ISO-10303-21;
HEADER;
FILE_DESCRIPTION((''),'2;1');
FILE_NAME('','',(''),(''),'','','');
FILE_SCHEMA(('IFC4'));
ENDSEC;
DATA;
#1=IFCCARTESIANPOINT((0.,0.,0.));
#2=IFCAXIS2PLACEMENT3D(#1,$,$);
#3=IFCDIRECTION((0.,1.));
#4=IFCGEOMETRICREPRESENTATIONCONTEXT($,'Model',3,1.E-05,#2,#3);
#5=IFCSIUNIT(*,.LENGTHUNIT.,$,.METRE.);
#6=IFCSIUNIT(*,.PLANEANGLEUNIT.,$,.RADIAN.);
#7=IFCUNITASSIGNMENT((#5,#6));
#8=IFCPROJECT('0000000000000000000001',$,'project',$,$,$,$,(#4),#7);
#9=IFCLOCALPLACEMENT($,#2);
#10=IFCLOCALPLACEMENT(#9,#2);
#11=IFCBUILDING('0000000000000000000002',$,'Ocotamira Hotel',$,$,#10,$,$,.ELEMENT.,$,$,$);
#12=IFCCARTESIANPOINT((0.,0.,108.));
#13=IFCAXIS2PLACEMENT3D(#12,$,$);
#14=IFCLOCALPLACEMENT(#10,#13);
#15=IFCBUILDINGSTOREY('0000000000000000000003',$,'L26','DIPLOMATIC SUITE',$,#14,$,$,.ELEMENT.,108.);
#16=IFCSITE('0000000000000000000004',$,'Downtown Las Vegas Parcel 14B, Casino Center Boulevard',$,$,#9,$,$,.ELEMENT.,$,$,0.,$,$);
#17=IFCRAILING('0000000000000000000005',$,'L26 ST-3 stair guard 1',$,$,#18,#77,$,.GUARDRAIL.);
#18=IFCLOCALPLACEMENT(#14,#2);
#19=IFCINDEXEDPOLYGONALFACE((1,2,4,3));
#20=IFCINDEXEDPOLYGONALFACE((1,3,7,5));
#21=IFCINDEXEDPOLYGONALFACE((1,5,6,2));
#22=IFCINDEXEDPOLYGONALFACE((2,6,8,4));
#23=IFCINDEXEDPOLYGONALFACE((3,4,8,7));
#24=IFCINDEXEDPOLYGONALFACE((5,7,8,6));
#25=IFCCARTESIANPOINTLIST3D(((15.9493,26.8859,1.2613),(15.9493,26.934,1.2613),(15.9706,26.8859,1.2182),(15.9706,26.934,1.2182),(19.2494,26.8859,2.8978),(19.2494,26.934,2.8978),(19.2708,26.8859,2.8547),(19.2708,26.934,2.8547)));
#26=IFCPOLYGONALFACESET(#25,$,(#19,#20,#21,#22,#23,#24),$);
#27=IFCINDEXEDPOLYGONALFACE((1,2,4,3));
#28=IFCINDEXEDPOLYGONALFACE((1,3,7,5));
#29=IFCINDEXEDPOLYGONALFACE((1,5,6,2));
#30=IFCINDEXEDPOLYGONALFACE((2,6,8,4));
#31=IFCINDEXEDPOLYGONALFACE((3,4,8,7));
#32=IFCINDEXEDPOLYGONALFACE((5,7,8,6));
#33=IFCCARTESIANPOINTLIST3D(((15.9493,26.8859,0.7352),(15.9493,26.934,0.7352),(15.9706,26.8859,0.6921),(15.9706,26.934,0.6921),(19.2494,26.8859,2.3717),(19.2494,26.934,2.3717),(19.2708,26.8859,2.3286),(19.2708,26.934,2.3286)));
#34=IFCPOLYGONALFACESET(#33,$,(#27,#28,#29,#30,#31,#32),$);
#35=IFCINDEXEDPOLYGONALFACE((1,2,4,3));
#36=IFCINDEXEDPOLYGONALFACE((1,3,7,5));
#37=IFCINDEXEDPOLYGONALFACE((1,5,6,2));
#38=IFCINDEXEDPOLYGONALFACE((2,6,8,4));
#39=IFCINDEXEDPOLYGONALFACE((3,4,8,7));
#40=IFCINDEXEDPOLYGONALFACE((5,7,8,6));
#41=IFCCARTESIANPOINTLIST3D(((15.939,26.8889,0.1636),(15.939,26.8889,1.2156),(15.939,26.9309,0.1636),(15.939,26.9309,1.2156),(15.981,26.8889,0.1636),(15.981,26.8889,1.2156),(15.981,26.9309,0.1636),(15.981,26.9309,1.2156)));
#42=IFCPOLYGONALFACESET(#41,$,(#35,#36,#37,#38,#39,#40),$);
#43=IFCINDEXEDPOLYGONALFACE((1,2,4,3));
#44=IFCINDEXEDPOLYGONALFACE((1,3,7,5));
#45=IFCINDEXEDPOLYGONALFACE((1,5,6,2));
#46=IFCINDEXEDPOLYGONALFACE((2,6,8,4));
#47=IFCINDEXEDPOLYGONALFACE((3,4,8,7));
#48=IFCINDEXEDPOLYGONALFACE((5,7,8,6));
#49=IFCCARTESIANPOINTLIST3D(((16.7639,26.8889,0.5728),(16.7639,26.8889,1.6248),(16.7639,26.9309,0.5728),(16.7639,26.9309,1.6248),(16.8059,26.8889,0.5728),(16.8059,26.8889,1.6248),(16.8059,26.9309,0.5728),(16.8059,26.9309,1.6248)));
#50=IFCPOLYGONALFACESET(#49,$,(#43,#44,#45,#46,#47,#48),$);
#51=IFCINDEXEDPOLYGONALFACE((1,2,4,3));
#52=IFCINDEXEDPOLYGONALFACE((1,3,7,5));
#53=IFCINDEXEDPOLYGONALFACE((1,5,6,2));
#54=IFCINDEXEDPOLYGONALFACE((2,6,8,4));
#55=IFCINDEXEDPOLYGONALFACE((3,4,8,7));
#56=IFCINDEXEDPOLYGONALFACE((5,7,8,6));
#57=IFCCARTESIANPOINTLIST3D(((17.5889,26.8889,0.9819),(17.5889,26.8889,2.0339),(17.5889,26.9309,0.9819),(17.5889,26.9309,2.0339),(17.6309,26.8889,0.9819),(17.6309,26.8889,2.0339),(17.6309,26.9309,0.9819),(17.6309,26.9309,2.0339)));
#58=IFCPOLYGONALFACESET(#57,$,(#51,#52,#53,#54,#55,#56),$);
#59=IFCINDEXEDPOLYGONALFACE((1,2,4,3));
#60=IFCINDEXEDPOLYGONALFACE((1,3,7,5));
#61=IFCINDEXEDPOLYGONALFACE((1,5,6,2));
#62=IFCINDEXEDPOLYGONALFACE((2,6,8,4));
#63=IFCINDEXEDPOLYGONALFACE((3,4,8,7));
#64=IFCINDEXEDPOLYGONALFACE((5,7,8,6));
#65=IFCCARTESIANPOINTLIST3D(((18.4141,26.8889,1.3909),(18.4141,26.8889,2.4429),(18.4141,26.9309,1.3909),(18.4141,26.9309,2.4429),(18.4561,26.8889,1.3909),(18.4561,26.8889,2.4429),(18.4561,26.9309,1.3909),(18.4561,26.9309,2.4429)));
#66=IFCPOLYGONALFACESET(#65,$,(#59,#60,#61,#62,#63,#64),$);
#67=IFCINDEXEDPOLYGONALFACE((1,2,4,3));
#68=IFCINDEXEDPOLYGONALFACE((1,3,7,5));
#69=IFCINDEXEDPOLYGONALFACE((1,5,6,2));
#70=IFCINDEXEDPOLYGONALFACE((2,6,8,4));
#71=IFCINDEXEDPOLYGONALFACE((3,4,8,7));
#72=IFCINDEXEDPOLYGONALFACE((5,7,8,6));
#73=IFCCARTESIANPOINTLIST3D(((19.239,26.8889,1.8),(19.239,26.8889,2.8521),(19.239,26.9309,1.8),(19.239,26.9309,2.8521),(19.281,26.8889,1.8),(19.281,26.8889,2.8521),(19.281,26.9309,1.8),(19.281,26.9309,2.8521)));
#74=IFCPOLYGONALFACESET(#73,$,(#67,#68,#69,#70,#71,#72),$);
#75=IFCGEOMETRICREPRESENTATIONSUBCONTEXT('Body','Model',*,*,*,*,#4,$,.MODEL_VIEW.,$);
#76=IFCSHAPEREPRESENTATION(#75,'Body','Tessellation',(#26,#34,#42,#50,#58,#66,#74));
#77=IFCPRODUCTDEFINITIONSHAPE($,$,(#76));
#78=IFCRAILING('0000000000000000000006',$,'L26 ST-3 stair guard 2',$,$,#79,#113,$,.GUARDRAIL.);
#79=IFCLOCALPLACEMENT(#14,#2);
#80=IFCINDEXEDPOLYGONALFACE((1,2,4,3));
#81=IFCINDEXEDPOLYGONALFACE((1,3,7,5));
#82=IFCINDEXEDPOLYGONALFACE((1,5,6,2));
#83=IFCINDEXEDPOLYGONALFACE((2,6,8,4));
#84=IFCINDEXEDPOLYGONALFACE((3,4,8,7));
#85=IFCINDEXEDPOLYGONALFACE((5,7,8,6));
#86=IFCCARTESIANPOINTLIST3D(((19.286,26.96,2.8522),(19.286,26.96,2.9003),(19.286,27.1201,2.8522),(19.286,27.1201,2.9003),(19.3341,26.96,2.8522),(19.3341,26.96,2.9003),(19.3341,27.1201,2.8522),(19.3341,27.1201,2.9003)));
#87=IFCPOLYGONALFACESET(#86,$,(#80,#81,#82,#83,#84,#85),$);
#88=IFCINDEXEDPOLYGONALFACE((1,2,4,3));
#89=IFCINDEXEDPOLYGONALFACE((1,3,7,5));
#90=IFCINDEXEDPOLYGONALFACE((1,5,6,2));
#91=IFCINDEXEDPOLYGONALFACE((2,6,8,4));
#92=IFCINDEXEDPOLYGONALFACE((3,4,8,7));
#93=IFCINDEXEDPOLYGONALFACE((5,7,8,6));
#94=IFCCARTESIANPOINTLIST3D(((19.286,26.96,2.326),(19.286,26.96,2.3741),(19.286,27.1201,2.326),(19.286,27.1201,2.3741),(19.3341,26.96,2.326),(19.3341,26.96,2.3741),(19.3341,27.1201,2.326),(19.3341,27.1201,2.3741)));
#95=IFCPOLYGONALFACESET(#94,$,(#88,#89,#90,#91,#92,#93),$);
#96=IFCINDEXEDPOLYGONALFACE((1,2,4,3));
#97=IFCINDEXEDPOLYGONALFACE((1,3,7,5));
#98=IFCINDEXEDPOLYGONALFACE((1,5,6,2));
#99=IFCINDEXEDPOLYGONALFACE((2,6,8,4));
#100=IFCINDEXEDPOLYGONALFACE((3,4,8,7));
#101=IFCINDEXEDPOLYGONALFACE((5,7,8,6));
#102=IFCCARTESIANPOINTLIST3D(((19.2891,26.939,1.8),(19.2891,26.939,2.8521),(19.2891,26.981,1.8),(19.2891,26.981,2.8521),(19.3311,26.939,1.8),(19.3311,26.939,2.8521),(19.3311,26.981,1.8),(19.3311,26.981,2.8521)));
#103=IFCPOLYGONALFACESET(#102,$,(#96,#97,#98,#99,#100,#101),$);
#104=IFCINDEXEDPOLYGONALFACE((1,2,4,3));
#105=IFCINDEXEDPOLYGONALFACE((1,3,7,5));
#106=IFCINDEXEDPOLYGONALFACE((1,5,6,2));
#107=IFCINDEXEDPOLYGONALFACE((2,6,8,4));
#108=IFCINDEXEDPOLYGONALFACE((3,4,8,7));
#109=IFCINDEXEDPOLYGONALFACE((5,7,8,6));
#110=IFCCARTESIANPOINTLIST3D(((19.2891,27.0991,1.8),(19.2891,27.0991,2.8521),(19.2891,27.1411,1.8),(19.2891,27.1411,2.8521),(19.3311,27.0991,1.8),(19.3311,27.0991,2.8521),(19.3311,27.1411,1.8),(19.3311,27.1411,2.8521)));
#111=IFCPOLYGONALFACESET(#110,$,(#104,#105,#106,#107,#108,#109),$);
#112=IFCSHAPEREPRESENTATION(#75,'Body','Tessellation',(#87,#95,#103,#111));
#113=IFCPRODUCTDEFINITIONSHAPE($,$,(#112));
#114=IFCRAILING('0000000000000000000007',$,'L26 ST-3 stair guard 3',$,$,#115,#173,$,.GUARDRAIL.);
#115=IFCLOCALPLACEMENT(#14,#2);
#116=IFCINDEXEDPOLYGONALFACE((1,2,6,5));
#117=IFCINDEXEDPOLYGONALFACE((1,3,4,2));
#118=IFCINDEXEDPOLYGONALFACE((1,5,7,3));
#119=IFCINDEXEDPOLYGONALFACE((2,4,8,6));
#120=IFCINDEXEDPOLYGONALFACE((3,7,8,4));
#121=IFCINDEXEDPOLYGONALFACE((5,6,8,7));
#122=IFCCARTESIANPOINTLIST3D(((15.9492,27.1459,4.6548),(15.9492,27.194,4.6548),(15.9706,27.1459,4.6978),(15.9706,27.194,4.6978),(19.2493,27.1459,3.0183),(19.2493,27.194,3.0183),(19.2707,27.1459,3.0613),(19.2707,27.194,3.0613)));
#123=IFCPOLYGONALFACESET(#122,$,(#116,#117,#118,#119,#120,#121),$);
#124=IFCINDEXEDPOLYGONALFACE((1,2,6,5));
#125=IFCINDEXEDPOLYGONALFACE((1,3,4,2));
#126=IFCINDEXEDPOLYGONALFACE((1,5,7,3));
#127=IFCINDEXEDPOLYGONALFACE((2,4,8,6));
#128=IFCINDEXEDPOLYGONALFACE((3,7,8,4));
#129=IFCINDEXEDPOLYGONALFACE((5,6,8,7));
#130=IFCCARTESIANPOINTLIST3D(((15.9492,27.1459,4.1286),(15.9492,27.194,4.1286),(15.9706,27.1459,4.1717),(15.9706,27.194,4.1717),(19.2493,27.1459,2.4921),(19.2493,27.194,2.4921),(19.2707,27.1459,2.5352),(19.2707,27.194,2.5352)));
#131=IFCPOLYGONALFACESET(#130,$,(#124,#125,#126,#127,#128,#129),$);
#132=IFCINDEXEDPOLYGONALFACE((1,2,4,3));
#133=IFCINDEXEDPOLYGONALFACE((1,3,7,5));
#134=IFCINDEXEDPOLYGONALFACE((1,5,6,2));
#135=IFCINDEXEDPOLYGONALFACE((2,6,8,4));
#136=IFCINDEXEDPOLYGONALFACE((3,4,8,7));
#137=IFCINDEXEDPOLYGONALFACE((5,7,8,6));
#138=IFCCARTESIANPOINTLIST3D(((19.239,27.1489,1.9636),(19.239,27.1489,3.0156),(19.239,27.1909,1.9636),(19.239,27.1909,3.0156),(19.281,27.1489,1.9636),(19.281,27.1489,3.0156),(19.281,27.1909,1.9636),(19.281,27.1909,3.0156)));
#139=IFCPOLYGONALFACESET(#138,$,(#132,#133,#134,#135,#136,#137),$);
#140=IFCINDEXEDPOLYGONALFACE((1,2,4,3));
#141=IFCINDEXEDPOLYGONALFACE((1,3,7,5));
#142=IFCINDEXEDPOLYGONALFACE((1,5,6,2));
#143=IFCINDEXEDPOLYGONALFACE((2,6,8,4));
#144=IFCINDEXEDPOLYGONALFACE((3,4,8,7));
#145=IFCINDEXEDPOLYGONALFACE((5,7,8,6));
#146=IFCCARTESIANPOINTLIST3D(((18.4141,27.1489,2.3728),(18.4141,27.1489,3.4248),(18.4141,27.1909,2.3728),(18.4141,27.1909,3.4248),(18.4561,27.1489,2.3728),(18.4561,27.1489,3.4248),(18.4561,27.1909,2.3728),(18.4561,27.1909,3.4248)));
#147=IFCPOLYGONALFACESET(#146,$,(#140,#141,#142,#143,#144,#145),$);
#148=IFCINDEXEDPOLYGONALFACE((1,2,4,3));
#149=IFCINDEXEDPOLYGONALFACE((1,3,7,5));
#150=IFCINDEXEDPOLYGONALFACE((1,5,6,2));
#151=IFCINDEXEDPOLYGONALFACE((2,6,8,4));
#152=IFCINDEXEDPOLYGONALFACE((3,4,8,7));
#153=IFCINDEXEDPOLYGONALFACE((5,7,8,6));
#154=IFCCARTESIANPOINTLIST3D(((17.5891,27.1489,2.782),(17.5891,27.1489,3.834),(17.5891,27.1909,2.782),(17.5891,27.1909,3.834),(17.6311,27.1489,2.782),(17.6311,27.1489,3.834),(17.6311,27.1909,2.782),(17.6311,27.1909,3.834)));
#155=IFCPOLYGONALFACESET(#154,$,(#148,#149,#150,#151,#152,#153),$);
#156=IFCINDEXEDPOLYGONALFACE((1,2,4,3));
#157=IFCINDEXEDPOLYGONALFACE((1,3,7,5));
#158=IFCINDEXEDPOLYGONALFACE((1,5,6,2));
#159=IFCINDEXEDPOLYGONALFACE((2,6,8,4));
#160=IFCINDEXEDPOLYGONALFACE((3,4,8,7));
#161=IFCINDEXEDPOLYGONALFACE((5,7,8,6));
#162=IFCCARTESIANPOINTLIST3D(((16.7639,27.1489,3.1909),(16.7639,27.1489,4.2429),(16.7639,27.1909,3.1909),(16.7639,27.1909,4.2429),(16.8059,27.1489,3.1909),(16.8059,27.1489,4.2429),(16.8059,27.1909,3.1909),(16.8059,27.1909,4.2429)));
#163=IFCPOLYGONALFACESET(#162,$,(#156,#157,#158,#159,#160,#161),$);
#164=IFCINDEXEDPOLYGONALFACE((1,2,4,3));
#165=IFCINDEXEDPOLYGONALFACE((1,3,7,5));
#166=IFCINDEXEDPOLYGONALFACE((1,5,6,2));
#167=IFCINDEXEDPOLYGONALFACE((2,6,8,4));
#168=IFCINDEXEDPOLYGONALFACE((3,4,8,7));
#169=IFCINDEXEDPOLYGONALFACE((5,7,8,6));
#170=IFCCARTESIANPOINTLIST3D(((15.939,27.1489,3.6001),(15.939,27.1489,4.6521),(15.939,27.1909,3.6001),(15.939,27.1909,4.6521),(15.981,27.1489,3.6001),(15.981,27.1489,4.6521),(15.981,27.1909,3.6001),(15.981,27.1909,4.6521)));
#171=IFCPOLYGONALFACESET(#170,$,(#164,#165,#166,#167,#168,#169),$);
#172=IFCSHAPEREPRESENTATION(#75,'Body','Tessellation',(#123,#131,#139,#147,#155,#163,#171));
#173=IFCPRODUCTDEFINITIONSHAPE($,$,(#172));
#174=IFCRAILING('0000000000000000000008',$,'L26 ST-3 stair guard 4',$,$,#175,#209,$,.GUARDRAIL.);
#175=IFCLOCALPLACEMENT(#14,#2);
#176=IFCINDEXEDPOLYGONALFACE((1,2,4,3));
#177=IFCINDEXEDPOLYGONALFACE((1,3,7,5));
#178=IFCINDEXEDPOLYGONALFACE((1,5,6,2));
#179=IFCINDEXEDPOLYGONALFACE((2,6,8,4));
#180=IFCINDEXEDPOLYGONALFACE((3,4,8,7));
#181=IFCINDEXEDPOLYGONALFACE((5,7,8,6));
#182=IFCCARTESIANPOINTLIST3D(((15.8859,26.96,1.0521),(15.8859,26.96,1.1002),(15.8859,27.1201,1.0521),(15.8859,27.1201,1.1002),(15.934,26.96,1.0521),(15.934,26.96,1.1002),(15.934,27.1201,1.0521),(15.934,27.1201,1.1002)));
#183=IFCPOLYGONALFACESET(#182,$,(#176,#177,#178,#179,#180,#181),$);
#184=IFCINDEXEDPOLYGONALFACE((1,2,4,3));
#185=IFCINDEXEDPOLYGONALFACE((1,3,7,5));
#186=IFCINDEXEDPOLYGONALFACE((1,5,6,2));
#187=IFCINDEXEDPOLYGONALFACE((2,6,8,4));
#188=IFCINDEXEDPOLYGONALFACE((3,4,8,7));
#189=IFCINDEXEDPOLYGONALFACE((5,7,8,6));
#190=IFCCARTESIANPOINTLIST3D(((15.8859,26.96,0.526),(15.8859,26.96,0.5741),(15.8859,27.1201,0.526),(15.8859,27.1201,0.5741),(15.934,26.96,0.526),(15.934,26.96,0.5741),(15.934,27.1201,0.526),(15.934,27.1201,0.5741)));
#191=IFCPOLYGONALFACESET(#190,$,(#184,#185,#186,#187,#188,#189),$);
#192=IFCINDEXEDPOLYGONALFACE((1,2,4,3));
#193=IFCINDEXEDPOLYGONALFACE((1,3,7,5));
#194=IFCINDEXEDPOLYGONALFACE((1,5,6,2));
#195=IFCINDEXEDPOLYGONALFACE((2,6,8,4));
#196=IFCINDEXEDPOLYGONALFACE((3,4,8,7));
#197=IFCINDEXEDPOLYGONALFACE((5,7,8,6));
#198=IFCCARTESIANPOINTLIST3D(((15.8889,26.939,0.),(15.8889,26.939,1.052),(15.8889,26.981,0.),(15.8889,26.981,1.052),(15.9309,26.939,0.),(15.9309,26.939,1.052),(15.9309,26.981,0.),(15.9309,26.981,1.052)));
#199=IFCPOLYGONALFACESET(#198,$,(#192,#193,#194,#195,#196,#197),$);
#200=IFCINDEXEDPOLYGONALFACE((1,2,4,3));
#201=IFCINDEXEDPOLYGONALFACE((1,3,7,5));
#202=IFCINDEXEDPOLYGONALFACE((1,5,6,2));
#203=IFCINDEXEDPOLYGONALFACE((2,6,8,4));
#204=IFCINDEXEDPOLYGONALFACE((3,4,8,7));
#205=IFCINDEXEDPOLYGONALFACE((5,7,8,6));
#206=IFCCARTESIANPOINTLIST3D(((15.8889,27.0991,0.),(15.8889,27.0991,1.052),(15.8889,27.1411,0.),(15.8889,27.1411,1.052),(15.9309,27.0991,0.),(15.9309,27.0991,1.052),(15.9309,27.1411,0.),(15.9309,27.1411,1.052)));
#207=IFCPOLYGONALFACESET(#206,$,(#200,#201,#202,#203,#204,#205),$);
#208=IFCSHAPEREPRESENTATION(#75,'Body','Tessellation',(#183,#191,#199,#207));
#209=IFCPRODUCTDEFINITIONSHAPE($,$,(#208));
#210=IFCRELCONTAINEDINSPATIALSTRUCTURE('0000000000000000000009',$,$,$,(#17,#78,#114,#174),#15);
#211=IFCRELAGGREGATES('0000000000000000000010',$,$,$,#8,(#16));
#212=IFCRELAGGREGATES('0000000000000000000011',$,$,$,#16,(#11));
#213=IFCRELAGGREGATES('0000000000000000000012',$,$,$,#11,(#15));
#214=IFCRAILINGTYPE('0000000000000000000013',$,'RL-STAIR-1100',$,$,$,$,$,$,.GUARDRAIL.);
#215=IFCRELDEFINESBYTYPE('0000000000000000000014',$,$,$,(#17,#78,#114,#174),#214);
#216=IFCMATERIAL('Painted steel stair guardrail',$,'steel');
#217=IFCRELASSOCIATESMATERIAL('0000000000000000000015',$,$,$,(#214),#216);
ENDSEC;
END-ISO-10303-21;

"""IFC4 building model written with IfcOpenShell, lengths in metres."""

from ifc_helpers import new_model, si_unit, direction, frame, origin, origin_2d, place, context, subcontext, project, spatial, rectangle, extrude, material, type_object, element, save


model = new_model("IFC4")

# Units and contexts
model_context = context("Model", 3, precision=1e-05, world=origin(), true_north=direction((0.0, 1.0)))
body_context = subcontext(model_context, "Body", "Model", "MODEL_VIEW")
ifc_project = project(units=[si_unit("LENGTHUNIT", "METRE"), si_unit("PLANEANGLEUNIT", "RADIAN")], contexts=[model_context])

# Site, building, storey
site_placement = place(None, origin())
site = spatial("IfcSite", under=ifc_project, at=site_placement, Name="Downtown Las Vegas Parcel 14B, Casino Center Boulevard", CompositionType="ELEMENT", RefElevation=0.0)
building_placement = place(site_placement, origin())
building = spatial("IfcBuilding", under=site, at=building_placement, Name="Ocotamira Hotel", CompositionType="ELEMENT")
storey_placement = place(building_placement, frame((0.0, 0.0, 108.0)))
storey = spatial("IfcBuildingStorey", under=building, at=storey_placement, Name="L26", Description="DIPLOMATIC SUITE", CompositionType="ELEMENT", Elevation=108.0)

# Railings
ifc_material_1 = material(Name="Painted steel stair guardrail", Category="steel")
railing_type_1 = type_object("IfcRailingType", Name="RL-STAIR-1100", PredefinedType="GUARDRAIL", material=ifc_material_1)
railing_1_placement = place(storey_placement, frame((15.96, 26.9099, 0.1636)))
element("IfcRailing", 1, at=railing_1_placement, inside=storey, type_object=railing_type_1, Name="L26 ST-3 stair guard 1", PredefinedType="GUARDRAIL", context=body_context, shape_type="SweptSolid", body=[
    extrude(rectangle(XDim=0.0481, YDim=0.0481, at=origin_2d()), frame((0.0, 0.0, 1.0762), z_axis=(0.895894, 0.0, 0.444268), x_axis=(0.0, 1.0, 0.0)), (0.0, 0.0, 1.0), 3.6836),
    extrude(rectangle(XDim=0.0481, YDim=0.0481, at=origin_2d()), frame((0.0, 0.0, 0.55), z_axis=(0.895894, 0.0, 0.444268), x_axis=(0.0, 1.0, 0.0)), (0.0, 0.0, 1.0), 3.6836),
    extrude(rectangle(XDim=0.042, YDim=0.042, at=origin_2d()), origin(), (0.0, 0.0, 1.0), 1.052),
    extrude(rectangle(XDim=0.042, YDim=0.042, at=origin_2d()), frame((0.825, 0.0, 0.4092)), (0.0, 0.0, 1.0), 1.052),
    extrude(rectangle(XDim=0.042, YDim=0.042, at=origin_2d()), frame((1.6499, 0.0, 0.8184)), (0.0, 0.0, 1.0), 1.052),
    extrude(rectangle(XDim=0.042, YDim=0.042, at=origin_2d()), frame((2.4751, 0.0, 1.2273)), (0.0, 0.0, 1.0), 1.052),
    extrude(rectangle(XDim=0.042, YDim=0.042, at=origin_2d()), frame((3.3, 0.0, 1.6365)), (0.0, 0.0, 1.0), 1.052),
])
railing_2_placement = place(storey_placement, frame((19.3101, 26.96, 1.8)))
element("IfcRailing", 2, at=railing_2_placement, inside=storey, type_object=railing_type_1, Name="L26 ST-3 stair guard 2", PredefinedType="GUARDRAIL", context=body_context, shape_type="SweptSolid", body=[
    extrude(rectangle(XDim=0.0481, YDim=0.0481, at=origin_2d()), frame((0.0, 0.0, 1.0762), z_axis=(0.0, 1.0, 0.0), x_axis=(-1.0, 0.0, 0.0)), (0.0, 0.0, 1.0), 0.1602),
    extrude(rectangle(XDim=0.0481, YDim=0.0481, at=origin_2d()), frame((0.0, 0.0, 0.55), z_axis=(0.0, 1.0, 0.0), x_axis=(-1.0, 0.0, 0.0)), (0.0, 0.0, 1.0), 0.1602),
    extrude(rectangle(XDim=0.042, YDim=0.042, at=origin_2d()), origin(), (0.0, 0.0, 1.0), 1.052),
    extrude(rectangle(XDim=0.042, YDim=0.042, at=origin_2d()), frame((0.0, 0.1602, 0.0)), (0.0, 0.0, 1.0), 1.052),
])
railing_3_placement = place(storey_placement, frame((19.26, 27.1699, 1.9636)))
element("IfcRailing", 3, at=railing_3_placement, inside=storey, type_object=railing_type_1, Name="L26 ST-3 stair guard 3", PredefinedType="GUARDRAIL", context=body_context, shape_type="SweptSolid", body=[
    extrude(rectangle(XDim=0.0481, YDim=0.0481, at=origin_2d()), frame((0.0, 0.0, 1.0762), z_axis=(-0.895894, 0.0, 0.444268), x_axis=(0.0, -1.0, 0.0)), (0.0, 0.0, 1.0), 3.6836),
    extrude(rectangle(XDim=0.0481, YDim=0.0481, at=origin_2d()), frame((0.0, 0.0, 0.55), z_axis=(-0.895894, 0.0, 0.444268), x_axis=(0.0, -1.0, 0.0)), (0.0, 0.0, 1.0), 3.6836),
    extrude(rectangle(XDim=0.042, YDim=0.042, at=origin_2d()), origin(), (0.0, 0.0, 1.0), 1.052),
    extrude(rectangle(XDim=0.042, YDim=0.042, at=origin_2d()), frame((-0.825, 0.0, 0.4092)), (0.0, 0.0, 1.0), 1.052),
    extrude(rectangle(XDim=0.042, YDim=0.042, at=origin_2d()), frame((-1.6499, 0.0, 0.8184)), (0.0, 0.0, 1.0), 1.052),
    extrude(rectangle(XDim=0.042, YDim=0.042, at=origin_2d()), frame((-2.4751, 0.0, 1.2273)), (0.0, 0.0, 1.0), 1.052),
    extrude(rectangle(XDim=0.042, YDim=0.042, at=origin_2d()), frame((-3.3, 0.0, 1.6365)), (0.0, 0.0, 1.0), 1.052),
])
railing_4_placement = place(storey_placement, frame((15.9099, 26.96, 0.0)))
element("IfcRailing", 4, at=railing_4_placement, inside=storey, type_object=railing_type_1, Name="L26 ST-3 stair guard 4", PredefinedType="GUARDRAIL", context=body_context, shape_type="SweptSolid", body=[
    extrude(rectangle(XDim=0.0481, YDim=0.0481, at=origin_2d()), frame((0.0, 0.0, 1.0762), z_axis=(0.0, 1.0, 0.0), x_axis=(-1.0, 0.0, 0.0)), (0.0, 0.0, 1.0), 0.1602),
    extrude(rectangle(XDim=0.0481, YDim=0.0481, at=origin_2d()), frame((0.0, 0.0, 0.55), z_axis=(0.0, 1.0, 0.0), x_axis=(-1.0, 0.0, 0.0)), (0.0, 0.0, 1.0), 0.1602),
    extrude(rectangle(XDim=0.042, YDim=0.042, at=origin_2d()), origin(), (0.0, 0.0, 1.0), 1.052),
    extrude(rectangle(XDim=0.042, YDim=0.042, at=origin_2d()), frame((0.0, 0.1602, 0.0)), (0.0, 0.0, 1.0), 1.052),
])

save(model, "model.ifc")
